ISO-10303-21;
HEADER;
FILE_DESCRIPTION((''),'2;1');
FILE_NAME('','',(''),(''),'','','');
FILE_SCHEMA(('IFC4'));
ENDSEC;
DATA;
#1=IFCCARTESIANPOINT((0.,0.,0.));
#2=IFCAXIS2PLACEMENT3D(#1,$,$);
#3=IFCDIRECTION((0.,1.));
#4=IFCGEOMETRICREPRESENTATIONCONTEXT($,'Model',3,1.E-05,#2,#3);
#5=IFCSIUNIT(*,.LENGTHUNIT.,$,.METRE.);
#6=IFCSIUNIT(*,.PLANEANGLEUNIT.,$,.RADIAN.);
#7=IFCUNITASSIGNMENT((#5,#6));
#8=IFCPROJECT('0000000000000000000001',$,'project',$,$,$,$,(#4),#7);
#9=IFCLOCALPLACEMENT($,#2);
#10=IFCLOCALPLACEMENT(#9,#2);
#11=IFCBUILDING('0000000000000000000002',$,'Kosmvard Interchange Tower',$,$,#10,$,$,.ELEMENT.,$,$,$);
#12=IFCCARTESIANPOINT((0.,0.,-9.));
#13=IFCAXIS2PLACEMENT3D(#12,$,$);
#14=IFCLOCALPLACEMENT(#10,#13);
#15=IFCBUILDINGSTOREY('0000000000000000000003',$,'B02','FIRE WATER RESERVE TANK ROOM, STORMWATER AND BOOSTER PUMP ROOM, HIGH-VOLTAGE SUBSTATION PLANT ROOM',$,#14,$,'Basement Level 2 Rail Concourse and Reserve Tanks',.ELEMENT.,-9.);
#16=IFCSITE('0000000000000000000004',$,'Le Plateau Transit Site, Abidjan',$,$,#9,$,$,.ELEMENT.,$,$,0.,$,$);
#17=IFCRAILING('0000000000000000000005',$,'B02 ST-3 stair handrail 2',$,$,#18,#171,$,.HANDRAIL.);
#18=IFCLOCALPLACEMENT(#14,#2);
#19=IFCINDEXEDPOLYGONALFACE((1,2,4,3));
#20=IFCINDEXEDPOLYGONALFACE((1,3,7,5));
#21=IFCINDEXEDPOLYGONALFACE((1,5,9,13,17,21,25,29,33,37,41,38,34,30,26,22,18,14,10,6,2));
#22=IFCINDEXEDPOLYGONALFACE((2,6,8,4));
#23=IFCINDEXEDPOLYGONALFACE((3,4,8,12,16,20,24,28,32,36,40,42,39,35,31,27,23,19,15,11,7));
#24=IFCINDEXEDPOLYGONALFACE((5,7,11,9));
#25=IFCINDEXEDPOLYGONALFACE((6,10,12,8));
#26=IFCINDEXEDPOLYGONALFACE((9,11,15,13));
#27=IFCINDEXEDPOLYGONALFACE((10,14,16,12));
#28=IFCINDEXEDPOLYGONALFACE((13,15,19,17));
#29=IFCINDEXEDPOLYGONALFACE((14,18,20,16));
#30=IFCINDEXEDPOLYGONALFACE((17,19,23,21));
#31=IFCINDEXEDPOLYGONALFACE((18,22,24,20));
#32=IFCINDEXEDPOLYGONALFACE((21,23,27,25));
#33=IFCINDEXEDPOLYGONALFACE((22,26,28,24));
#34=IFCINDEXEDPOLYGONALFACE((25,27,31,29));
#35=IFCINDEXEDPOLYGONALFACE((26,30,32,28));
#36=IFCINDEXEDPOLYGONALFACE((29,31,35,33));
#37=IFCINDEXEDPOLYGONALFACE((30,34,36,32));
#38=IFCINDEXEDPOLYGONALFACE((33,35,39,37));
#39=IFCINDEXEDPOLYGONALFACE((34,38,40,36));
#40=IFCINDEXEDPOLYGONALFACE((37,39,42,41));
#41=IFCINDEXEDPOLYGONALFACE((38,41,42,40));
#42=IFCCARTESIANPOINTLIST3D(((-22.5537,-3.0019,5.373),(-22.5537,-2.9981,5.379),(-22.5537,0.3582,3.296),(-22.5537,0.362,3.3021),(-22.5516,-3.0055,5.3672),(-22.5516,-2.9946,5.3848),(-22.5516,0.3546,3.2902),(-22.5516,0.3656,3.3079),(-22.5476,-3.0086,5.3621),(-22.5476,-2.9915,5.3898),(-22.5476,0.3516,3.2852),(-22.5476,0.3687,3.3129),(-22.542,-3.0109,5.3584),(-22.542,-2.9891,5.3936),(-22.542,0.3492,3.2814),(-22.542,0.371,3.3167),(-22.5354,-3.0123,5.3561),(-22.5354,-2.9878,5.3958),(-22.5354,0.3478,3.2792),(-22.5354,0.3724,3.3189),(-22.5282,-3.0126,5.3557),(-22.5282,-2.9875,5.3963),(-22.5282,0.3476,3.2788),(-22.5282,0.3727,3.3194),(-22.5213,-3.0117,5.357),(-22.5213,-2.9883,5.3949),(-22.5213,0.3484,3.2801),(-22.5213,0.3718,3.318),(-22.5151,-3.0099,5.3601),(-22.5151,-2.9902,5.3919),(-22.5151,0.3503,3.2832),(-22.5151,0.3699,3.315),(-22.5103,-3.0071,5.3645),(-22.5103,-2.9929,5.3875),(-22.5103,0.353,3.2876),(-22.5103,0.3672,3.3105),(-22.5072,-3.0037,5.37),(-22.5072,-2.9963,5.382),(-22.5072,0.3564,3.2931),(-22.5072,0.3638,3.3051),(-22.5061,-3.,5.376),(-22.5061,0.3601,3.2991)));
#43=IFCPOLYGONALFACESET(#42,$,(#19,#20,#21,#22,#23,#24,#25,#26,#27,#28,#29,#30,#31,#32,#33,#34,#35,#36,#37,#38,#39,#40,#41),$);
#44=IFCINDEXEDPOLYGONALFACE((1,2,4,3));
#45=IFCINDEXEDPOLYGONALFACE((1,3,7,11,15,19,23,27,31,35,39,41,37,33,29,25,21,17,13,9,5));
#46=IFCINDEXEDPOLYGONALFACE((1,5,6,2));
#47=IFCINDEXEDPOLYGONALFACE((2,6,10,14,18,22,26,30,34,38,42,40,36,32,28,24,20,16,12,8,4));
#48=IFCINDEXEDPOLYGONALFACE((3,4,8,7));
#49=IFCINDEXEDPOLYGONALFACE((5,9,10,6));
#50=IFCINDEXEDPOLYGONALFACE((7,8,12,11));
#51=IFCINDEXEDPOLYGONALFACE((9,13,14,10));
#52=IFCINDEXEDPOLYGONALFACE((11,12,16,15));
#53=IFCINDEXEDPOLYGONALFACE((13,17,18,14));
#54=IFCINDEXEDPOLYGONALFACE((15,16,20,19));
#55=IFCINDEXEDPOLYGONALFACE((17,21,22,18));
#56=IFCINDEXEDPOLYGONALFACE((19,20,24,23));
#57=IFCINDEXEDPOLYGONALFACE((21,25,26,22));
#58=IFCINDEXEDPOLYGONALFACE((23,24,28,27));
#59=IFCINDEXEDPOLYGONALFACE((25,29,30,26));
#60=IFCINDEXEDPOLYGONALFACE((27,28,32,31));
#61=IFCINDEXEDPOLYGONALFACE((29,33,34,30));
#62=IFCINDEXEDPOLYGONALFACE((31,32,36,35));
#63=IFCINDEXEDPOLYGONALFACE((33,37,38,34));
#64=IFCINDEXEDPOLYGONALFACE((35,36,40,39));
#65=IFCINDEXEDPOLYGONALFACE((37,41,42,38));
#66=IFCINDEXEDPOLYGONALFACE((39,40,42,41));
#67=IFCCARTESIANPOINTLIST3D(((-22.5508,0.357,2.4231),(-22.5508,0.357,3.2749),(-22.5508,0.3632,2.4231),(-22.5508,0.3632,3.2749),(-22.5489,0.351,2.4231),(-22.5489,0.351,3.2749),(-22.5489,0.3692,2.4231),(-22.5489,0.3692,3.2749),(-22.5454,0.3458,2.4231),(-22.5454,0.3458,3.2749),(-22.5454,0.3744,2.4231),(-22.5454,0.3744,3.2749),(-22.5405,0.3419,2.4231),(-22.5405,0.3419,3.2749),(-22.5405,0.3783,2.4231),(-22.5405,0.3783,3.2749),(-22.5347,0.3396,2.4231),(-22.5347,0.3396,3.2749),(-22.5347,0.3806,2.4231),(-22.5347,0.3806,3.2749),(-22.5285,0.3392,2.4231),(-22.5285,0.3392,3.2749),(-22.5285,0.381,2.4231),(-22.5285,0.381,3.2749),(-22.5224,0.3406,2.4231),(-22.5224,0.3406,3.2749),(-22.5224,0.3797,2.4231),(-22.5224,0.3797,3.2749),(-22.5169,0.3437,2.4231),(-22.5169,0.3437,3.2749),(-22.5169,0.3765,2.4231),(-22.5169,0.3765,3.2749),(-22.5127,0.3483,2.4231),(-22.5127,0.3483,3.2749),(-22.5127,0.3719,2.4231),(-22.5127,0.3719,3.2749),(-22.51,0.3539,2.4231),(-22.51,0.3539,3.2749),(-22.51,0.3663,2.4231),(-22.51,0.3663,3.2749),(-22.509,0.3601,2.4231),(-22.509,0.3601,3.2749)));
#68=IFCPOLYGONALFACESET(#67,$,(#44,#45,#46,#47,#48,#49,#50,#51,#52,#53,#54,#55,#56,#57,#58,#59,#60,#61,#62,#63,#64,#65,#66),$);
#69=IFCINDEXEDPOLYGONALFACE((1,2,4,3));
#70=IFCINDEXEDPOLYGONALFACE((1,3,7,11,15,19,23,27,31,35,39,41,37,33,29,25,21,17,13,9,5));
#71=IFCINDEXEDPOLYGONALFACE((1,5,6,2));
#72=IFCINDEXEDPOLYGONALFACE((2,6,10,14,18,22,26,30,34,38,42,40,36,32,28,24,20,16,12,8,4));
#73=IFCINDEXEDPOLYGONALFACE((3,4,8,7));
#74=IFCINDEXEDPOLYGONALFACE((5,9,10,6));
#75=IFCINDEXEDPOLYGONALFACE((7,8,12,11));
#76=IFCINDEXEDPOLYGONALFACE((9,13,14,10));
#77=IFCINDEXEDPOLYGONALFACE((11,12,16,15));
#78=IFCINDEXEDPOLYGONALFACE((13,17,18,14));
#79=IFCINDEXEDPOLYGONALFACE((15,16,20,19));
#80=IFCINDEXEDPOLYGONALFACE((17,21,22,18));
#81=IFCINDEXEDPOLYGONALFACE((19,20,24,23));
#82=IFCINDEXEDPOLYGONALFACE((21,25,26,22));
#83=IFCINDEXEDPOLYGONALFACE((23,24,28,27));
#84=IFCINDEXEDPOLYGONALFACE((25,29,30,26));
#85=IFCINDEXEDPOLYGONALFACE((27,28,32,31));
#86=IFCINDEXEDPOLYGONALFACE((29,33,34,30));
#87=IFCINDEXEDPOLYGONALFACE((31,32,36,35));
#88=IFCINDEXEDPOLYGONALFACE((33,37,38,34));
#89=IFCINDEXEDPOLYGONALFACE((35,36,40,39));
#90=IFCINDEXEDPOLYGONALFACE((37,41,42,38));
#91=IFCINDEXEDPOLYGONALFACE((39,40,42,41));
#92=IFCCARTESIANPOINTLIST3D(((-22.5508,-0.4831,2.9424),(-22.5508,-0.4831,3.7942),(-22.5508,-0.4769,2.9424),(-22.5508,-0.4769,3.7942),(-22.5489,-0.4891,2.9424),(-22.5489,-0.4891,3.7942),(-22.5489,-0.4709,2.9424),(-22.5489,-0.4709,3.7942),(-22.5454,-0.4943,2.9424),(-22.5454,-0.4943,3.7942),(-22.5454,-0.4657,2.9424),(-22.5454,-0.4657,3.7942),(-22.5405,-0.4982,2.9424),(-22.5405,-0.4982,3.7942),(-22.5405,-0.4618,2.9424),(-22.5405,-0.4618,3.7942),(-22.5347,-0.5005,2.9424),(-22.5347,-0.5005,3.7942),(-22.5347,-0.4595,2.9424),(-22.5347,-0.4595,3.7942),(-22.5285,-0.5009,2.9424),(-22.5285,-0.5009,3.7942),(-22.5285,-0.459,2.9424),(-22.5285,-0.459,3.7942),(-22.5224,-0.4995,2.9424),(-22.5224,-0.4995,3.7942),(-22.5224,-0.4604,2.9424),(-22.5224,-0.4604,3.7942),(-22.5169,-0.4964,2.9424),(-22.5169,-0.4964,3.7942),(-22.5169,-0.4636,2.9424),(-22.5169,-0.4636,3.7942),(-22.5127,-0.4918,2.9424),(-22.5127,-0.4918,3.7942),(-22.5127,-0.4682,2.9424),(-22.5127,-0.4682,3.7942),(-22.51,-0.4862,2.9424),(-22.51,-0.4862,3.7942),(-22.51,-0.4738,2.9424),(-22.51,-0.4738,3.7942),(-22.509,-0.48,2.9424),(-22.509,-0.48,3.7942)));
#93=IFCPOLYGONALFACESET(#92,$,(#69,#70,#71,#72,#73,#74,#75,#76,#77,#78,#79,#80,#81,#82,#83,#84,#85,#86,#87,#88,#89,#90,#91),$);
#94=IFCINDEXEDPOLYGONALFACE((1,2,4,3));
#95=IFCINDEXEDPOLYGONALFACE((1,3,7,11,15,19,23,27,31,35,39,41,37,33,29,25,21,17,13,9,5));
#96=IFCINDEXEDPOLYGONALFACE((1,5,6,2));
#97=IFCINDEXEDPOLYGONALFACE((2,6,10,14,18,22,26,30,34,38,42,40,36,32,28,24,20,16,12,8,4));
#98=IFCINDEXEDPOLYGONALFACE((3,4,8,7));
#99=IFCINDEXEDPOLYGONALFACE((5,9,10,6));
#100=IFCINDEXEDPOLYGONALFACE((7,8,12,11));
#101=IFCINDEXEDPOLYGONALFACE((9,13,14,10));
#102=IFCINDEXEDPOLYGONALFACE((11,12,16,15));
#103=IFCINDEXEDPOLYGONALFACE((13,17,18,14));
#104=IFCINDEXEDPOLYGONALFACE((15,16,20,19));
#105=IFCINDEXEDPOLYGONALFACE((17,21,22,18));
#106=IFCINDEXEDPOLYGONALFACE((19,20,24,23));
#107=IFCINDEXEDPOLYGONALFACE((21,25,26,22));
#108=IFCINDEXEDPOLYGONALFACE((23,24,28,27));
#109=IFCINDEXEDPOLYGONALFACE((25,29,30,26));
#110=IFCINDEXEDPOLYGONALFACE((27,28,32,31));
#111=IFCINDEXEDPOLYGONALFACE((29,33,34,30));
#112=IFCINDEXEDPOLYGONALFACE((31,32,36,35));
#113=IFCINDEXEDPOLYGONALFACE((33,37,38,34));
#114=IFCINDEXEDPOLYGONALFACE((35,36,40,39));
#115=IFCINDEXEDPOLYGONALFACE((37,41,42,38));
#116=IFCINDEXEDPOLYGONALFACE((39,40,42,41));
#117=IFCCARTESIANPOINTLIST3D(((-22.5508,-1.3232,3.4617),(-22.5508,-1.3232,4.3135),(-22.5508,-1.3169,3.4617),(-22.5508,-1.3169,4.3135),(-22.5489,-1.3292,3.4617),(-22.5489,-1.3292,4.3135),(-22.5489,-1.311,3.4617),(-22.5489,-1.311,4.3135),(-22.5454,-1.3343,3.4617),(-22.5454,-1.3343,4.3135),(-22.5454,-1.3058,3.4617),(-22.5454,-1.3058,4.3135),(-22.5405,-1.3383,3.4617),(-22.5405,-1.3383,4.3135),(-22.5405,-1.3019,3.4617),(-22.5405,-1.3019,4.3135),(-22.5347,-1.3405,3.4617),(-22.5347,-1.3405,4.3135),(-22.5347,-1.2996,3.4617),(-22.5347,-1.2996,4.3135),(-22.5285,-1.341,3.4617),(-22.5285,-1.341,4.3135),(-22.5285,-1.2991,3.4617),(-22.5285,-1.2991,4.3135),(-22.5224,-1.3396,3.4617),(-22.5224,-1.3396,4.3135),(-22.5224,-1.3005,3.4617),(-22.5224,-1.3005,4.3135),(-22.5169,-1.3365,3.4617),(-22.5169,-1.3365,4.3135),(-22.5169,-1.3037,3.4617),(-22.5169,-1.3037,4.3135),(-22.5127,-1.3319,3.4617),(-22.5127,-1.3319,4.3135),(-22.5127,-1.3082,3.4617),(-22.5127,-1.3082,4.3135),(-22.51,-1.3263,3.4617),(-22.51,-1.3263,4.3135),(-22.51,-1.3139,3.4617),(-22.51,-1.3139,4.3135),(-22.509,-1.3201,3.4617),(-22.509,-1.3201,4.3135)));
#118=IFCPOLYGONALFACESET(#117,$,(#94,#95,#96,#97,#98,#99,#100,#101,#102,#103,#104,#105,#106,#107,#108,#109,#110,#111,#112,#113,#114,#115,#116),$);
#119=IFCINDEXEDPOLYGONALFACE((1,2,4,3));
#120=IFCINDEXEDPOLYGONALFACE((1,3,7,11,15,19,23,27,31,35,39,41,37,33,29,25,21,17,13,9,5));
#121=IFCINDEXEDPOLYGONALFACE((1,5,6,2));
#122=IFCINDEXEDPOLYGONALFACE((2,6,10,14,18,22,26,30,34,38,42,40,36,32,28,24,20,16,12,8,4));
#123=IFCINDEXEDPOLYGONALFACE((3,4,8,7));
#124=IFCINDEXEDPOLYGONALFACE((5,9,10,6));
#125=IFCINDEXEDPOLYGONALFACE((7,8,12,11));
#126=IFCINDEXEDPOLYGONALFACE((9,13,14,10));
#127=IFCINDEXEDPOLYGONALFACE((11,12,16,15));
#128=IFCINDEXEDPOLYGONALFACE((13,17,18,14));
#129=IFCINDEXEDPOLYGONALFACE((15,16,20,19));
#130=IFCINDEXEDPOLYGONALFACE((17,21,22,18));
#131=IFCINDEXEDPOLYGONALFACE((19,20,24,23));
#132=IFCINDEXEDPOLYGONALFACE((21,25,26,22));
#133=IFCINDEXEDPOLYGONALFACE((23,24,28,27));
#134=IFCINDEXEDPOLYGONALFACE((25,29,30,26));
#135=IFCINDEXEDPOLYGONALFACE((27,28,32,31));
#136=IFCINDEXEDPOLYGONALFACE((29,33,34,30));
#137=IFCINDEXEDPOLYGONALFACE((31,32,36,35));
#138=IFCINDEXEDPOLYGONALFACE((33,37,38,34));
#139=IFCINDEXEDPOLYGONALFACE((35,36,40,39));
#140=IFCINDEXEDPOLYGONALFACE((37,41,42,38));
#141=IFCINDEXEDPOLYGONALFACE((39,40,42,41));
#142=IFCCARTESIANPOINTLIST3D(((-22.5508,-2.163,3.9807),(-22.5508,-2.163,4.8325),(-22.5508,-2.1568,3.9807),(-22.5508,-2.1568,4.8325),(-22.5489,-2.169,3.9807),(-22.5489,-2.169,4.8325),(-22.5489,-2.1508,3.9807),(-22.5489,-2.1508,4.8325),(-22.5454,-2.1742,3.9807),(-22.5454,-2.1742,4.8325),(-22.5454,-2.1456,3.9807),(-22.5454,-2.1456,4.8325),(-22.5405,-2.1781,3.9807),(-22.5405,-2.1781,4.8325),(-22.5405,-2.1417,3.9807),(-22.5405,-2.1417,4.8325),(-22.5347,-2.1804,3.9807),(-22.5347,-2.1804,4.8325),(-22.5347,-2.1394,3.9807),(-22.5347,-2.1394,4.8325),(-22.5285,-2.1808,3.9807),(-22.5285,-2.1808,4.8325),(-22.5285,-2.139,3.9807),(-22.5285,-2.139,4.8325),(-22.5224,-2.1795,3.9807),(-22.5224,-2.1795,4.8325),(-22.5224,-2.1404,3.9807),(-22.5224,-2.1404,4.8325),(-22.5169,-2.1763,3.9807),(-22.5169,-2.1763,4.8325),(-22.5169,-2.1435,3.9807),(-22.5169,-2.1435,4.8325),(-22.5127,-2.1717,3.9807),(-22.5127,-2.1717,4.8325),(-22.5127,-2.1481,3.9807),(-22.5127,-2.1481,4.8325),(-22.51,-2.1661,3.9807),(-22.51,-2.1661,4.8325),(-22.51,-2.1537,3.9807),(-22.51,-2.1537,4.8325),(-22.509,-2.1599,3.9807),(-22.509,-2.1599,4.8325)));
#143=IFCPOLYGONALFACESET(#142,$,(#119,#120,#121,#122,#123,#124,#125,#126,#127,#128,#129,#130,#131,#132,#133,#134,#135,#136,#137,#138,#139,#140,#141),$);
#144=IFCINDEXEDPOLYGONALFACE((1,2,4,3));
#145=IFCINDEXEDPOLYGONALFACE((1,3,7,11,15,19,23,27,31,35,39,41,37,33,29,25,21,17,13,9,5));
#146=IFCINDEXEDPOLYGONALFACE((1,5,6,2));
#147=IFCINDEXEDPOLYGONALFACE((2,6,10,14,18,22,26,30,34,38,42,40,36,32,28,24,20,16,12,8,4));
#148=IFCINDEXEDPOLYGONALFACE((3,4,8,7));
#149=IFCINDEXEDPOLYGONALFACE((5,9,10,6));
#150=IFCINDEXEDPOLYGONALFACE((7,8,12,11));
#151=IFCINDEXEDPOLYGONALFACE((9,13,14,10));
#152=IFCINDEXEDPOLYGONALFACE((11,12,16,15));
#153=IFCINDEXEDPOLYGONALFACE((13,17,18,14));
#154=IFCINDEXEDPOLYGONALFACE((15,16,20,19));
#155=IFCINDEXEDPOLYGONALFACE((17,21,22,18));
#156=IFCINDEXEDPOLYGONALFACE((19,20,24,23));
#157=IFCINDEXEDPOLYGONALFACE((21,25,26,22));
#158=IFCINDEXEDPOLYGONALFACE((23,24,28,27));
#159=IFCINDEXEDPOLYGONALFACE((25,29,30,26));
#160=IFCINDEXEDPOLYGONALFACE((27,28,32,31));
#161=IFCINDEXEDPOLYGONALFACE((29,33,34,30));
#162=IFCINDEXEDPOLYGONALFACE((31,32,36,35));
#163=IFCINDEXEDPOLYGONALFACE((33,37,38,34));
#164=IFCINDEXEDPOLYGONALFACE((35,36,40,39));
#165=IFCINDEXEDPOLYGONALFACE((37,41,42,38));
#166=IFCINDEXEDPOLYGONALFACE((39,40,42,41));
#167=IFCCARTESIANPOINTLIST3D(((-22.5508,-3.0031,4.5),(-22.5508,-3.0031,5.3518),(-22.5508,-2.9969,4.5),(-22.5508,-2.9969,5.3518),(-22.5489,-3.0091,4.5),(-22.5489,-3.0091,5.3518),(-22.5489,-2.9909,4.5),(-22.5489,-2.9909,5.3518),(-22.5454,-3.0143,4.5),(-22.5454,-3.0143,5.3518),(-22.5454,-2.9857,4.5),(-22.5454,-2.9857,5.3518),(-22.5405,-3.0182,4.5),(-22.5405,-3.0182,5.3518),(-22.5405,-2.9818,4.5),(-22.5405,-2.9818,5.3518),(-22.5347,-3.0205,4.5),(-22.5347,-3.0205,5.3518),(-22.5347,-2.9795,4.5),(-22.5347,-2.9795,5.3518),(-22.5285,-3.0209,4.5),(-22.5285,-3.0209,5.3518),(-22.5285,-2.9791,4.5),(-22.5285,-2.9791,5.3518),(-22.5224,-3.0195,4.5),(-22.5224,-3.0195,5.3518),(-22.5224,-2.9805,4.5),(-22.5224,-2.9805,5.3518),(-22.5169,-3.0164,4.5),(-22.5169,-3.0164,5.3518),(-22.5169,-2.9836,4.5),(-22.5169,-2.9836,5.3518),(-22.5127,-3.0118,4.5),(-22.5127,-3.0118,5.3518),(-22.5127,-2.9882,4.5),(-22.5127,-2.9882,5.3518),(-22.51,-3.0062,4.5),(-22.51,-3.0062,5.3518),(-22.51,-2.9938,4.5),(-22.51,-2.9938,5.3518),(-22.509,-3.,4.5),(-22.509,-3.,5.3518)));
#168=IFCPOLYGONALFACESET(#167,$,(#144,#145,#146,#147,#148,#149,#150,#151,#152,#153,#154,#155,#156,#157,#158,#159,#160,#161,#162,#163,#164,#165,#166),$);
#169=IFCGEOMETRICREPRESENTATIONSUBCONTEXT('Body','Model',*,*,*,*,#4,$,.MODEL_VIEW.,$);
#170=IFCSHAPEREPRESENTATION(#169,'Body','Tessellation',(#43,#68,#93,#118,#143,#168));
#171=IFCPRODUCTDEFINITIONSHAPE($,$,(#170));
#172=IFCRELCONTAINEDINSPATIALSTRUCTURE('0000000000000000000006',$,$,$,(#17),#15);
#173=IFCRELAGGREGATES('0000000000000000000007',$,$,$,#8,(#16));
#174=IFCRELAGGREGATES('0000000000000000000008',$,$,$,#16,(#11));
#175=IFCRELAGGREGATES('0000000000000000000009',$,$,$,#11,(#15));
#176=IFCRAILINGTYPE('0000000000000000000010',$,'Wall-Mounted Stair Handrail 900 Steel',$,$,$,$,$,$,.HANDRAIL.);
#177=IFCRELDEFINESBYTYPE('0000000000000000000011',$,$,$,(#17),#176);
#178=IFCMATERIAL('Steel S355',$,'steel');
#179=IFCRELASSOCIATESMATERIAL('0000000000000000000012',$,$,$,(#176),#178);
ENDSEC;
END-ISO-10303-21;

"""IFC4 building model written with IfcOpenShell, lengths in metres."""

from ifc_helpers import new_model, si_unit, direction, frame, origin, origin_2d, place, context, subcontext, project, spatial, circle, extrude, source, transform, mapped, material, type_object, element, save


model = new_model("IFC4")

# Units and contexts
model_context = context("Model", 3, precision=1e-05, world=origin(), true_north=direction((0.0, 1.0)))
body_context = subcontext(model_context, "Body", "Model", "MODEL_VIEW")
ifc_project = project(units=[si_unit("LENGTHUNIT", "METRE"), si_unit("PLANEANGLEUNIT", "RADIAN")], contexts=[model_context])

# Site, building, storey
site_placement = place(None, origin())
site = spatial("IfcSite", under=ifc_project, at=site_placement, Name="Le Plateau Transit Site, Abidjan", CompositionType="ELEMENT", RefElevation=0.0)
building_placement = place(site_placement, origin())
building = spatial("IfcBuilding", under=site, at=building_placement, Name="Kosmvard Interchange Tower", CompositionType="ELEMENT")
storey_placement = place(building_placement, frame((0.0, 0.0, -9.0)))
storey = spatial("IfcBuildingStorey", under=building, at=storey_placement, Name="B02", Description="FIRE WATER RESERVE TANK ROOM, STORMWATER AND BOOSTER PUMP ROOM, HIGH-VOLTAGE SUBSTATION PLANT ROOM", LongName="Basement Level 2 Rail Concourse and Reserve Tanks", CompositionType="ELEMENT", Elevation=-9.0)

# Railing
ifc_material_1 = material(Name="Steel S355", Category="steel")
railing_type = type_object("IfcRailingType", Name="Wall-Mounted Stair Handrail 900 Steel", PredefinedType="HANDRAIL", material=ifc_material_1)
shared_shape_1 = source(origin(), body_context, "Body", "SweptSolid", [
    extrude(circle(Radius=0.0239, at=origin_2d()), frame((0.0, 0.0, 0.876), z_axis=(0.0, -0.850623, 0.525776), x_axis=(1.0, 0.0, 0.0)), (0.0, 0.0, 1.0), 3.9502),
    extrude(circle(Radius=0.021, at=origin_2d()), origin(), (0.0, 0.0, 1.0), 0.8518),
    extrude(circle(Radius=0.021, at=origin_2d()), frame((0.0, -0.8401, 0.5193)), (0.0, 0.0, 1.0), 0.8518),
    extrude(circle(Radius=0.021, at=origin_2d()), frame((0.0, -1.6802, 1.0386)), (0.0, 0.0, 1.0), 0.8518),
    extrude(circle(Radius=0.021, at=origin_2d()), frame((0.0, -2.52, 1.5576)), (0.0, 0.0, 1.0), 0.8518),
    extrude(circle(Radius=0.021, at=origin_2d()), frame((0.0, -3.3601, 2.0769)), (0.0, 0.0, 1.0), 0.8518),
])
railing_placement = place(storey_placement, frame((-22.53, 0.3601, 2.4231)))
element("IfcRailing", 1, at=railing_placement, inside=storey, type_object=railing_type, Name="B02 ST-3 stair handrail 2", PredefinedType="HANDRAIL", context=body_context, shape_type="MappedRepresentation", body=[
    mapped(shared_shape_1, transform((0.0, 0.0, 0.0), scale=1.0)),
])

save(model, "model.ifc")
